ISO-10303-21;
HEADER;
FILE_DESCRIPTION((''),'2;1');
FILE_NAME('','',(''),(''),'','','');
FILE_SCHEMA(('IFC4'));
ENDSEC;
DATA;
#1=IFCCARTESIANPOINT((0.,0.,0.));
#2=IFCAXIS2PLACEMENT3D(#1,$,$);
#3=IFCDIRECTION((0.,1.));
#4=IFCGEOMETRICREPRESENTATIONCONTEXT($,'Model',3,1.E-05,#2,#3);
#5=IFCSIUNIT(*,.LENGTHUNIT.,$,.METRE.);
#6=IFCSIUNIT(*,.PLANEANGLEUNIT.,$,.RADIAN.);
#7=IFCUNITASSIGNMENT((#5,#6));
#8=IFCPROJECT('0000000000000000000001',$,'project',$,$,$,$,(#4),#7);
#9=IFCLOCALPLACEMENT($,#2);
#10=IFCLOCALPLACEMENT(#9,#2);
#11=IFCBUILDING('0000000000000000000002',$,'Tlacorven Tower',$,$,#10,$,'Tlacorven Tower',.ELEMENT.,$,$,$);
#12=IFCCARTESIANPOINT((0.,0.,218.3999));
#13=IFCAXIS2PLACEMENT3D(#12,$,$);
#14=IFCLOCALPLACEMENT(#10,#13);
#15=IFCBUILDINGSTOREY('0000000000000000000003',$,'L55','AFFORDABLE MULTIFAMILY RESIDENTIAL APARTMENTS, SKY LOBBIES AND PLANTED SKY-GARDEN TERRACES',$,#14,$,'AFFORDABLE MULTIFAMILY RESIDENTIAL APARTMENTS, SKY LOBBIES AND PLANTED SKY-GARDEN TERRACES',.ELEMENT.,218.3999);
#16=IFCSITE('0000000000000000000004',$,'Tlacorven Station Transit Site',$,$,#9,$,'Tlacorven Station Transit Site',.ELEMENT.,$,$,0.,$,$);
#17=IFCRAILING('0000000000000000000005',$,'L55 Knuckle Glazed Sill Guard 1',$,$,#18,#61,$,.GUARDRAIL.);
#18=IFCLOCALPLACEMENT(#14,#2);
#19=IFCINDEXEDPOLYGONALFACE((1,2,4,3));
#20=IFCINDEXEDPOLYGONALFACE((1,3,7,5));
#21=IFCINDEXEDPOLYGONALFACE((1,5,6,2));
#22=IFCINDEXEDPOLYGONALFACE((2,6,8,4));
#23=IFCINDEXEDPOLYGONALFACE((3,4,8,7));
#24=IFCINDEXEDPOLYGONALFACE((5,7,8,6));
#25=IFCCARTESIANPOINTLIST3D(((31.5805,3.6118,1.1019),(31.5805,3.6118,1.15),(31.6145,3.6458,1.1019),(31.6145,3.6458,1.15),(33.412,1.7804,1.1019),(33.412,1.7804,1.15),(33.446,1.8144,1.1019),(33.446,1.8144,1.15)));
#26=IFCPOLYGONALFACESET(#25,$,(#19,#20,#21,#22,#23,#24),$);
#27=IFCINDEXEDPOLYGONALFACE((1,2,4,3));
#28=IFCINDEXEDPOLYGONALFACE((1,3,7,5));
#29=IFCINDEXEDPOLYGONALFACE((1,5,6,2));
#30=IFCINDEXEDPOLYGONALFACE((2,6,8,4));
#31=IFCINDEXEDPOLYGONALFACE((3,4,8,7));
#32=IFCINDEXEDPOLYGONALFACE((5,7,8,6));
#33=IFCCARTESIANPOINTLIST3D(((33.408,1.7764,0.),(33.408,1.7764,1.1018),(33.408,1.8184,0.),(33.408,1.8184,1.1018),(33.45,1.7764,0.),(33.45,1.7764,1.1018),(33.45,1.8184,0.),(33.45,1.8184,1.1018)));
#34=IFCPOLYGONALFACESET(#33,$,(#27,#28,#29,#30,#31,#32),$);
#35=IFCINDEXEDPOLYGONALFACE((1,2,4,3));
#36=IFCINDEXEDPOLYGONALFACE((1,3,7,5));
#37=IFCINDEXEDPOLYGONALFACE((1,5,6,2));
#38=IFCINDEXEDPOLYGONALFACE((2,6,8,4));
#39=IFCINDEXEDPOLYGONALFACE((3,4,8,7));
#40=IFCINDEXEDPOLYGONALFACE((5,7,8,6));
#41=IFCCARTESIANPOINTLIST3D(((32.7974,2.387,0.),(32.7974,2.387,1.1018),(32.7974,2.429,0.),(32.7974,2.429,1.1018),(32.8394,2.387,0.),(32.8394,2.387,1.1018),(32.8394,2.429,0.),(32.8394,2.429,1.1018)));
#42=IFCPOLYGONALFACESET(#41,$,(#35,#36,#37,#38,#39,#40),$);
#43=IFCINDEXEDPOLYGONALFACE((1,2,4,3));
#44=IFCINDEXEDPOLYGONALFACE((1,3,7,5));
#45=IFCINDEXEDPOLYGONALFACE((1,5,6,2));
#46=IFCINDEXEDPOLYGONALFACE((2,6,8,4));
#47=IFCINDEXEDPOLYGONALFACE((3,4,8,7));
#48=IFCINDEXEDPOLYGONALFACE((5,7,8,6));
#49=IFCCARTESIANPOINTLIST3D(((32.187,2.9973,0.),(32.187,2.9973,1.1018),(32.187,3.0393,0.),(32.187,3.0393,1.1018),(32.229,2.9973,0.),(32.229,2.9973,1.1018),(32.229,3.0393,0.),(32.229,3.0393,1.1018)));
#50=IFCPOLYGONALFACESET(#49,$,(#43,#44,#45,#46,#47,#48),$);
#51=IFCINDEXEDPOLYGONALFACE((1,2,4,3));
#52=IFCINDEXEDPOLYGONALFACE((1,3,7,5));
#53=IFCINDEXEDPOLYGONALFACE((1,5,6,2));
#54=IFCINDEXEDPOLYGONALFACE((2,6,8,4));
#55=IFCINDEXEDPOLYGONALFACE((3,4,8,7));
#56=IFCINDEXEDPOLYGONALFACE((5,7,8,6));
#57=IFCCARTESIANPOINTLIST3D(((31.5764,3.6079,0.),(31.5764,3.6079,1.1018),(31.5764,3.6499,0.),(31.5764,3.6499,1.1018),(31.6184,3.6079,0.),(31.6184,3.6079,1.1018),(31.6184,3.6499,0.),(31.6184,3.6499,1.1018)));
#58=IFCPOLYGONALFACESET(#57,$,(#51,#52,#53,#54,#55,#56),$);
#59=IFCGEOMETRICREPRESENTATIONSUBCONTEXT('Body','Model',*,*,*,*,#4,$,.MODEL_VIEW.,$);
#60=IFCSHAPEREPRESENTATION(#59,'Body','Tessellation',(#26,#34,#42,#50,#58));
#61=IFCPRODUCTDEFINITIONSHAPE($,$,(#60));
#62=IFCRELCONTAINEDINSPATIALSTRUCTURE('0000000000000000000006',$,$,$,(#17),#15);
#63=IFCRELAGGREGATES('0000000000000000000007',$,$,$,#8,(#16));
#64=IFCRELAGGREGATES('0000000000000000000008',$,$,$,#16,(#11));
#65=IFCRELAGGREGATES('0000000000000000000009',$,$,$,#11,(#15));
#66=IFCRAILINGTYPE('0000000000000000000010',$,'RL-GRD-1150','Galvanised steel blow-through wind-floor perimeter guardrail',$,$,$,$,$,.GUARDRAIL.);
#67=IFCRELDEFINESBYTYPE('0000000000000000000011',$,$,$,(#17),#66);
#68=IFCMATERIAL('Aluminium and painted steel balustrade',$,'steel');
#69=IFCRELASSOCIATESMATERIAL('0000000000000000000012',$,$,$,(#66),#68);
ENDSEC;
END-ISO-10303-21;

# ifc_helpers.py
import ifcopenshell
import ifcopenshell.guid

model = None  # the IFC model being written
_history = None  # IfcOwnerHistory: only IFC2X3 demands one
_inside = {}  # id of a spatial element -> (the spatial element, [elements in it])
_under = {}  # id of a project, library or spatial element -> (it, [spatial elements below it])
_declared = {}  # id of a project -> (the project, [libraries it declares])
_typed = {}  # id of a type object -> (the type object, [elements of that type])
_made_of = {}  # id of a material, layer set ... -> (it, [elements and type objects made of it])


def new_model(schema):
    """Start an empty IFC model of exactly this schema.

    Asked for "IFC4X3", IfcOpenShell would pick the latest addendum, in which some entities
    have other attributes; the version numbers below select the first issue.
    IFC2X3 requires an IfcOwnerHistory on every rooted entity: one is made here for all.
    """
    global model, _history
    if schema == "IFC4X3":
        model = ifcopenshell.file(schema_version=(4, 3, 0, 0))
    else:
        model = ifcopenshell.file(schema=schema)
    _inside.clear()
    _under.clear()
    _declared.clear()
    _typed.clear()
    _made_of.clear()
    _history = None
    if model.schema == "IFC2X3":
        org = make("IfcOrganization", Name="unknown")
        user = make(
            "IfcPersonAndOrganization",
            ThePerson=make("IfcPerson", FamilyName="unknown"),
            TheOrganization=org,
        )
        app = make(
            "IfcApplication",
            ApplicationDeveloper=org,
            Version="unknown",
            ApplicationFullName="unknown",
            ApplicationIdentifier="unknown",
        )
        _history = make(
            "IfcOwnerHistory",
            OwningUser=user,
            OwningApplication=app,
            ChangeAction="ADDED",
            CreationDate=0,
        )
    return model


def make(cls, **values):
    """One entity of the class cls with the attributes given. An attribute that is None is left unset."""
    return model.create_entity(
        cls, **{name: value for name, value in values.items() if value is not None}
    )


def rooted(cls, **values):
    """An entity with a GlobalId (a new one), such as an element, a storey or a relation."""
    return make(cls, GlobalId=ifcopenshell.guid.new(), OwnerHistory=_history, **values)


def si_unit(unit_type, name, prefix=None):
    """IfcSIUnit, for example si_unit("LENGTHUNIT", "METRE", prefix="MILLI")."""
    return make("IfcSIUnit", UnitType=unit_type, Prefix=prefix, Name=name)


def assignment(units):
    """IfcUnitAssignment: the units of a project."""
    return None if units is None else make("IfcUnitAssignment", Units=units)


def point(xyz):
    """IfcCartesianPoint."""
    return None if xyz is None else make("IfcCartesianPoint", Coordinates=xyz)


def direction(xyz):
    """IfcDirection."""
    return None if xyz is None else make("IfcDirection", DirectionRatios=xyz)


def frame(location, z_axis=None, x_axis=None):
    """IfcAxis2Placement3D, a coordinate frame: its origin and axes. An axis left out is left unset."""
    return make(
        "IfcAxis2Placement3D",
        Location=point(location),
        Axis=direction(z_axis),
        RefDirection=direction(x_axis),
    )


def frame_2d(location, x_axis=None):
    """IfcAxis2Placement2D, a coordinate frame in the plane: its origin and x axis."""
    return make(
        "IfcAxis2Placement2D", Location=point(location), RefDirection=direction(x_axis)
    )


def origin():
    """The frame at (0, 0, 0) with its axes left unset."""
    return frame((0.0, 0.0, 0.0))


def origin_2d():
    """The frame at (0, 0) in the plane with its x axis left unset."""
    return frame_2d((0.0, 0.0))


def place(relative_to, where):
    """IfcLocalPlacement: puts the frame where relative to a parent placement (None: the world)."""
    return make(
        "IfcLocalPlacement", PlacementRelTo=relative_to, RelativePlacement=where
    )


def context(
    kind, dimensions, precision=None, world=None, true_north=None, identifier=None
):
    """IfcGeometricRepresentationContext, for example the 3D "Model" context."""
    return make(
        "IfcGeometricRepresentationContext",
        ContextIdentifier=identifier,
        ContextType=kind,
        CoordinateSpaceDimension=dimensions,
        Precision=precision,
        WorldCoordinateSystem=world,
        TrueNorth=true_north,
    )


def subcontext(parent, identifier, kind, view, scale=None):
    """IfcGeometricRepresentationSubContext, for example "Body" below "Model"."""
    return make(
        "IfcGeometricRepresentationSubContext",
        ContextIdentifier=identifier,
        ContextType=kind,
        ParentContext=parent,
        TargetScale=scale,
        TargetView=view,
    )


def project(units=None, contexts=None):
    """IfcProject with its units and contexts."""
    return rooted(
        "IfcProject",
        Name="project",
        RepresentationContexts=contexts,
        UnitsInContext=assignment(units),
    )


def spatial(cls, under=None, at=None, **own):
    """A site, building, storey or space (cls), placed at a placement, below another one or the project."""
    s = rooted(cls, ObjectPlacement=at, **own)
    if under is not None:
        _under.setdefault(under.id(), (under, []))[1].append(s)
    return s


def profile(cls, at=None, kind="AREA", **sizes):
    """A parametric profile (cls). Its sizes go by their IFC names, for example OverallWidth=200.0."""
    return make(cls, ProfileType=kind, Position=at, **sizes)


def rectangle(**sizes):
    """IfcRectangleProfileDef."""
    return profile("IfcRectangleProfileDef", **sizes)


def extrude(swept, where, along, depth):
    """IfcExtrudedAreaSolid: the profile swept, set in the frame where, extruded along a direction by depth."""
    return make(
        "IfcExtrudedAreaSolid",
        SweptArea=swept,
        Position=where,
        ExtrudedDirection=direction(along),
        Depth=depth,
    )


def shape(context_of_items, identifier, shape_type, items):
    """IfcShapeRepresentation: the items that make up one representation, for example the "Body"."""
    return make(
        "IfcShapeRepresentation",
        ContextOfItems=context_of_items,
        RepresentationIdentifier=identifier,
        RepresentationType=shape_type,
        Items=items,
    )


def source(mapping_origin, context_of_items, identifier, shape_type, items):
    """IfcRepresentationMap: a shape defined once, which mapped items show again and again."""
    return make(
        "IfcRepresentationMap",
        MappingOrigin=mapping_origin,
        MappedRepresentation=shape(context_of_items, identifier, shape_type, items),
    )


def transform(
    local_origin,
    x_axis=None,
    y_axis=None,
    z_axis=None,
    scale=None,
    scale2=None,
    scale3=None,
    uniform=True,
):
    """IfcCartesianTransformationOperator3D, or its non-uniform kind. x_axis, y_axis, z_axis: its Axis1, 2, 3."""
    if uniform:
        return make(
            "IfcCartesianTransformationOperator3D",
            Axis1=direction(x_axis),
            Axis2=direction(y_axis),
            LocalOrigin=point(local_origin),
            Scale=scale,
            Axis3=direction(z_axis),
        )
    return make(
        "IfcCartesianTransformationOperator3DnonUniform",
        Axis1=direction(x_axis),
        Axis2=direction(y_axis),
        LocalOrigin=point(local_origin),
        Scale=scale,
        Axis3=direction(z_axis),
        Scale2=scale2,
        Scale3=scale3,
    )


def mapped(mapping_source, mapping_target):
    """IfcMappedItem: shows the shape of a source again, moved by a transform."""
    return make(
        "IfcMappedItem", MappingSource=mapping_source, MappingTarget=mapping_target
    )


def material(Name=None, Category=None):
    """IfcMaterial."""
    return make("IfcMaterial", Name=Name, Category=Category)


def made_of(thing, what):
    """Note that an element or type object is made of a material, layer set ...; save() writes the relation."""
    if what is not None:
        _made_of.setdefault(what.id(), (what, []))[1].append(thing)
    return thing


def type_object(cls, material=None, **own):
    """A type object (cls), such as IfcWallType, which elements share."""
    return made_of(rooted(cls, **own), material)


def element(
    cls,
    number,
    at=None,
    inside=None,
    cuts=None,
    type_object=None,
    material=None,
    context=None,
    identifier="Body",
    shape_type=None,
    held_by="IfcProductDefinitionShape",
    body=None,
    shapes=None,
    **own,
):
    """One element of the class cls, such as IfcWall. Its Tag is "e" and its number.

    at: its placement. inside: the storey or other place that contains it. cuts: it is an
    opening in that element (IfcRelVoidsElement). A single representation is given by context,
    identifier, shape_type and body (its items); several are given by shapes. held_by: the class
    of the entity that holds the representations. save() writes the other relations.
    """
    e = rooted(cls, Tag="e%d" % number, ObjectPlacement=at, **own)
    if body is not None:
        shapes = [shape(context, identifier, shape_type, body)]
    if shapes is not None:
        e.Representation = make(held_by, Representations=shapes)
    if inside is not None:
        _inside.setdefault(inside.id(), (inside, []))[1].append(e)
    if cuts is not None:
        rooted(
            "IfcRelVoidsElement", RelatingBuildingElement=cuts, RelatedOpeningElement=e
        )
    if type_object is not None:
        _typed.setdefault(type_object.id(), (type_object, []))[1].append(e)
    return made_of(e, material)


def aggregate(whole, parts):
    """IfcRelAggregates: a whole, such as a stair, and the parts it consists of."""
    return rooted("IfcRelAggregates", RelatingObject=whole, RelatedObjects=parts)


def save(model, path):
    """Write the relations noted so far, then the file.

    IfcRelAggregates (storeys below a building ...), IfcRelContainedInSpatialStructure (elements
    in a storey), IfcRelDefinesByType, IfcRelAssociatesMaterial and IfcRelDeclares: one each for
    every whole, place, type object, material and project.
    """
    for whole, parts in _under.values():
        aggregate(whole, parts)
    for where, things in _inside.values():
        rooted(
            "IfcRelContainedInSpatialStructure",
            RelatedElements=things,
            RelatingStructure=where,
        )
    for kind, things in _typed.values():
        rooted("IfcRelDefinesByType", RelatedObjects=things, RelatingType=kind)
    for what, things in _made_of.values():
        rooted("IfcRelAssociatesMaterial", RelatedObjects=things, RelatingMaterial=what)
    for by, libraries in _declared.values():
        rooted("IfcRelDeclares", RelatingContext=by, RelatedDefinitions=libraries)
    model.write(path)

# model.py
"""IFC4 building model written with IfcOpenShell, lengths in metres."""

from ifc_helpers import new_model, si_unit, direction, frame, origin, origin_2d, place, context, subcontext, project, spatial, rectangle, extrude, source, transform, mapped, material, type_object, element, save


model = new_model("IFC4")

# Units and contexts
model_context = context("Model", 3, precision=1e-05, world=origin(), true_north=direction((0.0, 1.0)))
body_context = subcontext(model_context, "Body", "Model", "MODEL_VIEW")
ifc_project = project(units=[si_unit("LENGTHUNIT", "METRE"), si_unit("PLANEANGLEUNIT", "RADIAN")], contexts=[model_context])

# Site, building, storey
site_placement = place(None, origin())
site = spatial("IfcSite", under=ifc_project, at=site_placement, Name="Tlacorven Station Transit Site", LongName="Tlacorven Station Transit Site", CompositionType="ELEMENT", RefElevation=0.0)
building_placement = place(site_placement, origin())
building = spatial("IfcBuilding", under=site, at=building_placement, Name="Tlacorven Tower", LongName="Tlacorven Tower", CompositionType="ELEMENT")
storey_placement = place(building_placement, frame((0.0, 0.0, 218.3999)))
storey = spatial("IfcBuildingStorey", under=building, at=storey_placement, Name="L55", Description="AFFORDABLE MULTIFAMILY RESIDENTIAL APARTMENTS, SKY LOBBIES AND PLANTED SKY-GARDEN TERRACES", LongName="AFFORDABLE MULTIFAMILY RESIDENTIAL APARTMENTS, SKY LOBBIES AND PLANTED SKY-GARDEN TERRACES", CompositionType="ELEMENT", Elevation=218.3999)

# Railing
ifc_material_1 = material(Name="Aluminium and painted steel balustrade", Category="steel")
railing_type = type_object("IfcRailingType", Name="RL-GRD-1150", Description="Galvanised steel blow-through wind-floor perimeter guardrail", PredefinedType="GUARDRAIL", material=ifc_material_1)
shared_shape_1 = source(origin(), body_context, "Body", "SweptSolid", [
    extrude(rectangle(XDim=0.0481, YDim=0.0481, at=origin_2d()), frame((0.0, 0.0, 1.126), z_axis=(-0.707107, 0.707107, 0.0), x_axis=(-0.707107, -0.707107, 0.0)), (0.0, 0.0, 1.0), 2.5901),
    extrude(rectangle(XDim=0.042, YDim=0.042, at=origin_2d()), origin(), (0.0, 0.0, 1.0), 1.1018),
    extrude(rectangle(XDim=0.042, YDim=0.042, at=origin_2d()), frame((-0.6106, 0.6106, 0.0)), (0.0, 0.0, 1.0), 1.1018),
    extrude(rectangle(XDim=0.042, YDim=0.042, at=origin_2d()), frame((-1.2209, 1.2209, 0.0)), (0.0, 0.0, 1.0), 1.1018),
    extrude(rectangle(XDim=0.042, YDim=0.042, at=origin_2d()), frame((-1.8315, 1.8315, 0.0)), (0.0, 0.0, 1.0), 1.1018),
])
railing_placement = place(storey_placement, frame((33.429, 1.7974, 0.0)))
element("IfcRailing", 1, at=railing_placement, inside=storey, type_object=railing_type, Name="L55 Knuckle Glazed Sill Guard 1", PredefinedType="GUARDRAIL", context=body_context, shape_type="MappedRepresentation", body=[
    mapped(shared_shape_1, transform((0.0, 0.0, 0.0), scale=1.0)),
])

save(model, "model.ifc")
